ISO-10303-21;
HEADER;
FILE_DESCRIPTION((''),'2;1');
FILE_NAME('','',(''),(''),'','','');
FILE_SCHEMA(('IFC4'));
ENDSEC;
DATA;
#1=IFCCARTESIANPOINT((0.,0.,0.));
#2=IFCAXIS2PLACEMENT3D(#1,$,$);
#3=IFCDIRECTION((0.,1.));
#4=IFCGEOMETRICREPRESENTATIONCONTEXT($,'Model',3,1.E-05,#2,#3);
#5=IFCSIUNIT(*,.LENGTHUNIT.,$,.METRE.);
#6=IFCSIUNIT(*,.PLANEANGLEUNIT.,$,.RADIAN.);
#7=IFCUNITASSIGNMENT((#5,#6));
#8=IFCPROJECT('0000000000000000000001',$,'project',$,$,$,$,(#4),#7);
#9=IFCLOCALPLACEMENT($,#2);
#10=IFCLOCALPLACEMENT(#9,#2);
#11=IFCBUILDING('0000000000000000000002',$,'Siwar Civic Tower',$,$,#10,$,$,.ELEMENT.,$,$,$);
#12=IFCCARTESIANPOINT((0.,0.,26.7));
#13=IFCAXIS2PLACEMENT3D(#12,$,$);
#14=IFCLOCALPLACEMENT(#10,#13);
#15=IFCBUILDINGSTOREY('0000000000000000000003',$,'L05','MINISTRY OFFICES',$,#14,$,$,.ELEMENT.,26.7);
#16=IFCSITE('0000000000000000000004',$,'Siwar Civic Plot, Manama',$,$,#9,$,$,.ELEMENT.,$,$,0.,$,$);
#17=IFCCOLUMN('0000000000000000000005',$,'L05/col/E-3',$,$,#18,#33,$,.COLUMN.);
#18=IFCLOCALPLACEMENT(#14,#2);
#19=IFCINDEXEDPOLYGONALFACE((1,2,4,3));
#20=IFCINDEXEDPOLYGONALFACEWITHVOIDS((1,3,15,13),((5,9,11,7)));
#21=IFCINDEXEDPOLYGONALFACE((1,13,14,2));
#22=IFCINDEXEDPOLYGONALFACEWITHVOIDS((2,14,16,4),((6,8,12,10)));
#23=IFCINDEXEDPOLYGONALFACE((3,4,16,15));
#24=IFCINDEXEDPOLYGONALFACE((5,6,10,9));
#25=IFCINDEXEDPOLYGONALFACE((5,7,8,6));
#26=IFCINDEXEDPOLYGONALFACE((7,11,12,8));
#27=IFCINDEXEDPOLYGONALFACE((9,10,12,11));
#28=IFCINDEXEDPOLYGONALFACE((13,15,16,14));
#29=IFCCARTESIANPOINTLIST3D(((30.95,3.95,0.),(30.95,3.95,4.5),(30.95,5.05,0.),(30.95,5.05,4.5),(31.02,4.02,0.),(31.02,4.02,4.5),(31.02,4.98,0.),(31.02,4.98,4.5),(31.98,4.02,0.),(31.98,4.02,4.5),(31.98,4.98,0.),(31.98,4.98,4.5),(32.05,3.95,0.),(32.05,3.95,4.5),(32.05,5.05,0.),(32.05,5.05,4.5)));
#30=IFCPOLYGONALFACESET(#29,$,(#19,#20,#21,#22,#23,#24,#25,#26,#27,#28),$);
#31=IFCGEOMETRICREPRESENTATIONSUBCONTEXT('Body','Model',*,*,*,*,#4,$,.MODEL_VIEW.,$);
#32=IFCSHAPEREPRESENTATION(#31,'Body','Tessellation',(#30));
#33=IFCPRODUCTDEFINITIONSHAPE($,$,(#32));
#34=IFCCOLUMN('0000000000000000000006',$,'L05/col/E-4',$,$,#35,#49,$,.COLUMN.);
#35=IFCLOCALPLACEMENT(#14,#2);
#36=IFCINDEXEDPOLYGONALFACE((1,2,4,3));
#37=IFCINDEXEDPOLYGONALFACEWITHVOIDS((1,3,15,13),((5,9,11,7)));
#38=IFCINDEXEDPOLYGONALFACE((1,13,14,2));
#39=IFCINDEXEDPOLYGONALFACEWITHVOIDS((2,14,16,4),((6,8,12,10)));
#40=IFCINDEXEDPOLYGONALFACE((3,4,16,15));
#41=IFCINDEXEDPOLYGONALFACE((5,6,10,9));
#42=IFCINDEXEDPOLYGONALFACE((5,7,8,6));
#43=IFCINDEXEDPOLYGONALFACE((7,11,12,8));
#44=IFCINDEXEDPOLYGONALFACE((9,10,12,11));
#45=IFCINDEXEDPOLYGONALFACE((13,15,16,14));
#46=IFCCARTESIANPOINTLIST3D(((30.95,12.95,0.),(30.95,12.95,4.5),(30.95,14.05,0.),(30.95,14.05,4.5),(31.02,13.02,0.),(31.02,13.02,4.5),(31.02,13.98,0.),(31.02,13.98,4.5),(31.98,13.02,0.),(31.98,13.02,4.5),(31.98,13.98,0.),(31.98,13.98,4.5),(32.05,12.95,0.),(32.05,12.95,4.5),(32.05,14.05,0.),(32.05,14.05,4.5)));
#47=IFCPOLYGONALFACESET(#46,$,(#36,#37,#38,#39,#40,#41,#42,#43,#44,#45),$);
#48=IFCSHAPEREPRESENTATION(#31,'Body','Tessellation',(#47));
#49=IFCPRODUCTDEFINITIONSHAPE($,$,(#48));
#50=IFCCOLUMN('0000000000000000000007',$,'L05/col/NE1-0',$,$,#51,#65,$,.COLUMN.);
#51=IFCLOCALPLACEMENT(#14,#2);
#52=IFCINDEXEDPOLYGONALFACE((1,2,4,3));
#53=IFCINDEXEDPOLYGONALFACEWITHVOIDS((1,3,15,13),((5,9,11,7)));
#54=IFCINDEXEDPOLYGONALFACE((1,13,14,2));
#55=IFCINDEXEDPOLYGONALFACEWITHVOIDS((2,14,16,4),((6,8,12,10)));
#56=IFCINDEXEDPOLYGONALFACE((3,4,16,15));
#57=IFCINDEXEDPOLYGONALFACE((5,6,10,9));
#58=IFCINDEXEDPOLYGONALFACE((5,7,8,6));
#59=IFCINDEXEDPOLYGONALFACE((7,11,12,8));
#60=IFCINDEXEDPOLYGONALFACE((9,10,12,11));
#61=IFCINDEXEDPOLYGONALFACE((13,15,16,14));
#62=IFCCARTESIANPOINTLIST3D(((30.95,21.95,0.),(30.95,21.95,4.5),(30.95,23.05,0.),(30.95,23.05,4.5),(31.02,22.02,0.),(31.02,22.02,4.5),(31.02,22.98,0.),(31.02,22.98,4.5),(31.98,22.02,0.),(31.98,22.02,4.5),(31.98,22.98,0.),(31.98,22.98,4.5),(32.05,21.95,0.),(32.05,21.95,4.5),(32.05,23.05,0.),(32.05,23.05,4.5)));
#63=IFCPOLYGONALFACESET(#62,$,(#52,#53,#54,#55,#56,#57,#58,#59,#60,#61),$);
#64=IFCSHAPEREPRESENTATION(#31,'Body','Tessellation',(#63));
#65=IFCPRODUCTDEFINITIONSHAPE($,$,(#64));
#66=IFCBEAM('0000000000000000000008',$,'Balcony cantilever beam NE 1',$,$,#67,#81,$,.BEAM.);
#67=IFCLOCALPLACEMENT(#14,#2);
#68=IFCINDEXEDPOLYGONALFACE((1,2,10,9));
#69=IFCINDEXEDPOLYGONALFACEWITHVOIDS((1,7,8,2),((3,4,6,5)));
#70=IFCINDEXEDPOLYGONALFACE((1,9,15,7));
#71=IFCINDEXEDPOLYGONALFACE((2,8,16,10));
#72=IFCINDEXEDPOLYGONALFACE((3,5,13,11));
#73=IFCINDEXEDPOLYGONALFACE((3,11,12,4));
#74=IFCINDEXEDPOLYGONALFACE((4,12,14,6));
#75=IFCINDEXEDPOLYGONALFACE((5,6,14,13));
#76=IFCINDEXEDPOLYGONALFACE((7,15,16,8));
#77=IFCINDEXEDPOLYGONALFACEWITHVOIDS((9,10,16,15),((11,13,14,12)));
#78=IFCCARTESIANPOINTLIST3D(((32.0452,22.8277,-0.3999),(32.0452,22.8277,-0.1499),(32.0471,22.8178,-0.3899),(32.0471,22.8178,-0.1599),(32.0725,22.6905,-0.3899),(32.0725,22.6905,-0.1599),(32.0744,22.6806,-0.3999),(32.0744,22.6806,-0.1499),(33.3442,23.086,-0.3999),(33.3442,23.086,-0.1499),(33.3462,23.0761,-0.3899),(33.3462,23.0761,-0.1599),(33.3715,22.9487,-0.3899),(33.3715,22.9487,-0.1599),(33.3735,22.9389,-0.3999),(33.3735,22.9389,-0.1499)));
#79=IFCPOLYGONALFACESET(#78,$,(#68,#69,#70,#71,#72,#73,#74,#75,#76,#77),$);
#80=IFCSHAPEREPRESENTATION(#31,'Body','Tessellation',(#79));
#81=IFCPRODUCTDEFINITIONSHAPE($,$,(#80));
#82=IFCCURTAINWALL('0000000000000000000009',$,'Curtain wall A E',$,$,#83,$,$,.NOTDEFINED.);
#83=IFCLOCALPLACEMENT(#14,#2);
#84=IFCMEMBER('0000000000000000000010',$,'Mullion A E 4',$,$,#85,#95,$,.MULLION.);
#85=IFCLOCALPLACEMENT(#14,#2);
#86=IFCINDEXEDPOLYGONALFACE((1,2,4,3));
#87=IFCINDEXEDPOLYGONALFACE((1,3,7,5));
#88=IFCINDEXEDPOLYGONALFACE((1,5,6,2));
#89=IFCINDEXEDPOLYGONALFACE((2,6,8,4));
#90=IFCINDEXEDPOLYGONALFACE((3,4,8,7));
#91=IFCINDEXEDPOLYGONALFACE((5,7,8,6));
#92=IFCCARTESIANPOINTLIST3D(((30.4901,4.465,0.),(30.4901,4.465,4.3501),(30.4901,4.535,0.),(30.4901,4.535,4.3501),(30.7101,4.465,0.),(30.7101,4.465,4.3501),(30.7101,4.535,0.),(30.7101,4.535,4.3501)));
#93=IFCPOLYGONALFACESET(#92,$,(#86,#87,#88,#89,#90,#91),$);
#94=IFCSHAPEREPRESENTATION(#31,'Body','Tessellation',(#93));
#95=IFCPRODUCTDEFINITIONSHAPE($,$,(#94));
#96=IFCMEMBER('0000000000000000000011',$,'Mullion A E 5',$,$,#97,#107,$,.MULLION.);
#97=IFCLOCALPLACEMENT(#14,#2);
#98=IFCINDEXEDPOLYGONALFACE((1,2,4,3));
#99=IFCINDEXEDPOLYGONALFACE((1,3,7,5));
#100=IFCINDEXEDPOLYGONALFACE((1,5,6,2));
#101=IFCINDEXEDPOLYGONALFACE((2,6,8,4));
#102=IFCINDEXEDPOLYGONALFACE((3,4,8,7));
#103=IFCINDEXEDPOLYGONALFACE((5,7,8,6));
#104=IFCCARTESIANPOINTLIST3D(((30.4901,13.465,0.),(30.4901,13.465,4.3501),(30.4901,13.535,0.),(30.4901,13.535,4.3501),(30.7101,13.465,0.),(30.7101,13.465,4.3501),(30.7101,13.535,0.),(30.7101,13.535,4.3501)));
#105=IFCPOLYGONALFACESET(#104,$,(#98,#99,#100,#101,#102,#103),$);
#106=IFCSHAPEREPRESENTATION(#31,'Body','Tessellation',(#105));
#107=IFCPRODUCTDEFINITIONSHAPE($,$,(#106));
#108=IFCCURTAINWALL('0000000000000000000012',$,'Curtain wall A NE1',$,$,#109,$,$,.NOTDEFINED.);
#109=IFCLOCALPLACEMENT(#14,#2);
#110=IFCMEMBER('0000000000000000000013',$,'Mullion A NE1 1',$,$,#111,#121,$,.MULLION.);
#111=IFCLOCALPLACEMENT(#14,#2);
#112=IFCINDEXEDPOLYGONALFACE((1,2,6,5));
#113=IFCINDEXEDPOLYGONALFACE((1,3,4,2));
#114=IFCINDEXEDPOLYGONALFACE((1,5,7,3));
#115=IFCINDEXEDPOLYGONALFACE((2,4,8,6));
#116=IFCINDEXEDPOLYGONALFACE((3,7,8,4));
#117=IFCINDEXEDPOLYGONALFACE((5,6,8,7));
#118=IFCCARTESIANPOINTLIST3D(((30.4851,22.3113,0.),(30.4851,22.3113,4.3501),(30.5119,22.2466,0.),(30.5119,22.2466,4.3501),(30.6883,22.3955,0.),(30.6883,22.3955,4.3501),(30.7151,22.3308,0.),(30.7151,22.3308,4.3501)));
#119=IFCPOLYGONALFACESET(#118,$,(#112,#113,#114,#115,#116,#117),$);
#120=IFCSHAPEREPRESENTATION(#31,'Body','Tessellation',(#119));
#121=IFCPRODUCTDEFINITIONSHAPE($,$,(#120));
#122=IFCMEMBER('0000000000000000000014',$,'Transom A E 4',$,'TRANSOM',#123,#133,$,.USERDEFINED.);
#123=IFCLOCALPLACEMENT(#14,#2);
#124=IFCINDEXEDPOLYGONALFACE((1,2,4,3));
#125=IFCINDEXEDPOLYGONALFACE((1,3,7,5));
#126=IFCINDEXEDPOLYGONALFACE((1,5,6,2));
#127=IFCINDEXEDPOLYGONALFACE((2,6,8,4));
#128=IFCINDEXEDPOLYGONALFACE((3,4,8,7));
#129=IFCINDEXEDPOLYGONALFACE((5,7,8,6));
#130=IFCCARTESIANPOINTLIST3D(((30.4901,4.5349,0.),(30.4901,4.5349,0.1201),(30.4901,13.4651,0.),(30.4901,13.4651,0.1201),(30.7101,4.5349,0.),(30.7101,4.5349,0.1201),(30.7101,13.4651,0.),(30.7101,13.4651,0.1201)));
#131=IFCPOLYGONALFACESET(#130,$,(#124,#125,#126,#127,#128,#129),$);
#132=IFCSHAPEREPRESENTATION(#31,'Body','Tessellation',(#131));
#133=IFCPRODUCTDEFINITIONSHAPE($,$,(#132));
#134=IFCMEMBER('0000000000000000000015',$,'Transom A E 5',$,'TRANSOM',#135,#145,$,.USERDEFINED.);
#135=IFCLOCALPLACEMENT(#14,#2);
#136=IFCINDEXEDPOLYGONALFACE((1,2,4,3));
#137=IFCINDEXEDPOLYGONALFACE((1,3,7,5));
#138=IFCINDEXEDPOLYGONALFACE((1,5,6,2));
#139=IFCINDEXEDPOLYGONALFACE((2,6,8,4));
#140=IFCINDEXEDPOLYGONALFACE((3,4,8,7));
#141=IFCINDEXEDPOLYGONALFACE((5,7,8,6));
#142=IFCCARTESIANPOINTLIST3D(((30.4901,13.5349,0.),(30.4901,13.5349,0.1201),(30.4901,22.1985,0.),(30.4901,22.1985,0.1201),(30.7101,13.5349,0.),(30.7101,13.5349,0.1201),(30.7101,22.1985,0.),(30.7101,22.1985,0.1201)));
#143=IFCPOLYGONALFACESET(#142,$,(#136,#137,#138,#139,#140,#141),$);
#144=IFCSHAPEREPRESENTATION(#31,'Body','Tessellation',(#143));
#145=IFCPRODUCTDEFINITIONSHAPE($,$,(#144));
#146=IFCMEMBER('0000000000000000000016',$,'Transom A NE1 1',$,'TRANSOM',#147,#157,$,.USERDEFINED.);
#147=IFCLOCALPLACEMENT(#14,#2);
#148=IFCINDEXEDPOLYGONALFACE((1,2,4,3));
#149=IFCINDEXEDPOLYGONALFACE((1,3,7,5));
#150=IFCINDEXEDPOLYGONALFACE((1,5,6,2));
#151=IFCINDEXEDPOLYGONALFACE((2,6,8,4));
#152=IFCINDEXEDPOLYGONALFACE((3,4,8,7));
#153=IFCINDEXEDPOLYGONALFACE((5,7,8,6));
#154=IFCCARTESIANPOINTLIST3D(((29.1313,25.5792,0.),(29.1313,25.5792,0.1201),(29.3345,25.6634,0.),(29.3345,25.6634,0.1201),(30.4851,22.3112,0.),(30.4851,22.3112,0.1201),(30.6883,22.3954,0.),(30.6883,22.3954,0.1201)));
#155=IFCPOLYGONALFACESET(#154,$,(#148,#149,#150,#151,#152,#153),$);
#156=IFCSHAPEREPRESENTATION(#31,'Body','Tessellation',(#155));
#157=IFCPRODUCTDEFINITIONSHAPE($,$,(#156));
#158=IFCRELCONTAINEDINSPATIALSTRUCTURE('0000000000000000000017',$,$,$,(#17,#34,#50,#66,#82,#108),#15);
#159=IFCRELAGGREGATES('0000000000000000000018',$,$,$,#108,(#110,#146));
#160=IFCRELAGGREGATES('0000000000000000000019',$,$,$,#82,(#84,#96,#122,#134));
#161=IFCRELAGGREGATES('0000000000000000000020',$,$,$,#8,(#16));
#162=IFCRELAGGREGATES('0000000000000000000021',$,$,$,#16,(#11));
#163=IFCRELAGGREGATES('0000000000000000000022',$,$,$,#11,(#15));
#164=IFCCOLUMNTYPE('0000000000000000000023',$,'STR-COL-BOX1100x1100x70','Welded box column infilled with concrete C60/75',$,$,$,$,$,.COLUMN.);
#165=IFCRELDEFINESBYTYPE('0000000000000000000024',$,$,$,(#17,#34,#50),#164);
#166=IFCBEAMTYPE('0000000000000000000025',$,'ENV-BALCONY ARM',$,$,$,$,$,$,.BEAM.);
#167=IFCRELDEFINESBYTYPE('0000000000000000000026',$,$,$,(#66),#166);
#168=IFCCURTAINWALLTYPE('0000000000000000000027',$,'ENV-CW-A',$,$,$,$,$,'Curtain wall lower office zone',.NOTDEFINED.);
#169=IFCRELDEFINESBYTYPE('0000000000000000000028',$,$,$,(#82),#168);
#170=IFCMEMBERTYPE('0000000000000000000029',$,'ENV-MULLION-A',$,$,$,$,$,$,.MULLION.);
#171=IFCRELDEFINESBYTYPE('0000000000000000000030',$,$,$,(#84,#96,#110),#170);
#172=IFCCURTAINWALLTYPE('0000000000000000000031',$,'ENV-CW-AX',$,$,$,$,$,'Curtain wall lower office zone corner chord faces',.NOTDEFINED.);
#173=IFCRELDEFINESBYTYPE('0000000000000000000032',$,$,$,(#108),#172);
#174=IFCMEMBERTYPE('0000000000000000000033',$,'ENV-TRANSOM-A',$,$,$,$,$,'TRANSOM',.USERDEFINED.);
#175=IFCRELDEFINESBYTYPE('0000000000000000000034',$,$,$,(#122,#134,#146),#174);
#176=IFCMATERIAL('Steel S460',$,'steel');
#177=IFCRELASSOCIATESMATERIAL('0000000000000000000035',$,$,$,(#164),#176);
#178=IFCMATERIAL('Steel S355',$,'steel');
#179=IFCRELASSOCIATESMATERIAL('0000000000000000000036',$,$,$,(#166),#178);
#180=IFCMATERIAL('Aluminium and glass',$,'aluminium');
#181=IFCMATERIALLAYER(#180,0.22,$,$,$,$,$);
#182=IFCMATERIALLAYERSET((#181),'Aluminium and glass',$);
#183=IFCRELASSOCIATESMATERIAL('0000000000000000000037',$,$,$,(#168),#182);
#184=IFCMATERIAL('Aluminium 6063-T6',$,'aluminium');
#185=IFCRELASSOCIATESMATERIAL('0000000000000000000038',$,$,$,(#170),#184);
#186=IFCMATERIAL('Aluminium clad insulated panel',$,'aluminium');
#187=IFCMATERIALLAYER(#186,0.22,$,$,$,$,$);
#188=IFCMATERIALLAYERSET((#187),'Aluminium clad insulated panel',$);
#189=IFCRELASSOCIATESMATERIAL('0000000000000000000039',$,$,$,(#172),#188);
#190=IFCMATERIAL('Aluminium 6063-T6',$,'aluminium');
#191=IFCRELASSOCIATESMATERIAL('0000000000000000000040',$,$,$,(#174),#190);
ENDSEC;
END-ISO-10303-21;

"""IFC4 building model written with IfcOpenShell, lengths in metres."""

from ifc_helpers import new_model, si_unit, direction, frame, origin, origin_2d, place, context, subcontext, project, spatial, rectangle, hollow_rectangle, extrude, material, layer, layer_set, material_profile, profile_set, type_object, element, aggregate, save


model = new_model("IFC4")

# Units and contexts
model_context = context("Model", 3, precision=1e-05, world=origin(), true_north=direction((0.0, 1.0)))
body_context = subcontext(model_context, "Body", "Model", "MODEL_VIEW")
ifc_project = project(units=[si_unit("LENGTHUNIT", "METRE"), si_unit("PLANEANGLEUNIT", "RADIAN")], contexts=[model_context])

# Site, building, storey
site_placement = place(None, origin())
site = spatial("IfcSite", under=ifc_project, at=site_placement, Name="Siwar Civic Plot, Manama", CompositionType="ELEMENT", RefElevation=0.0)
building_placement = place(site_placement, origin())
building = spatial("IfcBuilding", under=site, at=building_placement, Name="Siwar Civic Tower", CompositionType="ELEMENT")
storey_placement = place(building_placement, frame((0.0, 0.0, 26.7)))
storey = spatial("IfcBuildingStorey", under=building, at=storey_placement, Name="L05", Description="MINISTRY OFFICES", CompositionType="ELEMENT", Elevation=26.7)

# Columns
ifc_material_1 = material(Name="Steel S460", Category="steel")
ifc_material_profile_1 = material_profile(ifc_material_1, hollow_rectangle(XDim=1.1001, YDim=1.1001, WallThickness=0.0701, at=origin_2d()), Name="BOX1100x1100x70")
ifc_profile_set_1 = profile_set([ifc_material_profile_1], Name="Steel S460")
column_type = type_object("IfcColumnType", Name="STR-COL-BOX1100x1100x70", Description="Welded box column infilled with concrete C60/75", PredefinedType="COLUMN", material=ifc_profile_set_1)
for number, where, z_axis, x_axis, name in (
    (1, (31.5, 4.5, 0.0), (0.0, 0.0, 1.0), (1.0, 0.0, 0.0), "L05/col/E-3"),
    (2, (31.5, 13.5, 0.0), (0.0, 0.0, 1.0), (1.0, 0.0, 0.0), "L05/col/E-4"),
    (3, (31.5, 22.5, 0.0), (0.0, 0.0, 1.0), (1.0, 0.0, 0.0), "L05/col/NE1-0"),
):
    element("IfcColumn", number, at=place(storey_placement, frame(where, z_axis=z_axis, x_axis=x_axis)), inside=storey, type_object=column_type, Name=name, PredefinedType="COLUMN", context=body_context, shape_type="SweptSolid", body=[
        extrude(hollow_rectangle(XDim=1.1001, YDim=1.1001, WallThickness=0.0701, at=origin_2d()), origin(), (0.0, 0.0, 1.0), 4.5),
    ])

# Beam
ifc_material_2 = material(Name="Steel S355", Category="steel")
ifc_material_profile_2 = material_profile(ifc_material_2, hollow_rectangle(XDim=0.1499, YDim=0.25, WallThickness=0.01, at=origin_2d()), Name="RHS250x150x10")
ifc_profile_set_2 = profile_set([ifc_material_profile_2], Name="Steel S355")
beam_type_1 = type_object("IfcBeamType", Name="ENV-BALCONY ARM", PredefinedType="BEAM", material=ifc_profile_set_2)
beam_1_placement = place(storey_placement, frame((32.0598, 22.7542, -0.2749), z_axis=(0.9808, 0.195017, 0.0), x_axis=(-0.195017, 0.9808, 0.0)))
element("IfcBeam", 4, at=beam_1_placement, inside=storey, type_object=beam_type_1, Name="Balcony cantilever beam NE 1", PredefinedType="BEAM", context=body_context, shape_type="SweptSolid", body=[
    extrude(hollow_rectangle(XDim=0.1499, YDim=0.25, WallThickness=0.01, at=origin_2d()), origin(), (0.0, 0.0, 1.0), 1.3245),
])

# Curtain wall, members
ifc_material_3 = material(Name="Aluminium and glass", Category="aluminium")
ifc_layer_1 = layer(ifc_material_3, 0.22)
ifc_layer_set_1 = layer_set([ifc_layer_1], Name="Aluminium and glass")
curtain_wall_type_1 = type_object("IfcCurtainWallType", Name="ENV-CW-A", ElementType="Curtain wall lower office zone", PredefinedType="NOTDEFINED", material=ifc_layer_set_1)
curtain_wall_1_placement = place(storey_placement, origin())
curtain_wall_1 = element("IfcCurtainWall", 5, at=curtain_wall_1_placement, inside=storey, type_object=curtain_wall_type_1, Name="Curtain wall A E", PredefinedType="NOTDEFINED")
ifc_material_4 = material(Name="Aluminium 6063-T6", Category="aluminium")
ifc_material_profile_3 = material_profile(ifc_material_4, rectangle(XDim=0.22, YDim=0.0701, at=origin_2d()), Name="AL 220x70")
ifc_profile_set_3 = profile_set([ifc_material_profile_3], Name="Aluminium 6063-T6")
member_type_1 = type_object("IfcMemberType", Name="ENV-MULLION-A", PredefinedType="MULLION", material=ifc_profile_set_3)
member_1_placement = place(storey_placement, frame((30.6001, 4.5, 0.0), z_axis=(0.0, 0.0, 1.0), x_axis=(-1.0, 0.0, 0.0)))
member_1 = element("IfcMember", 6, at=member_1_placement, type_object=member_type_1, Name="Mullion A E 4", PredefinedType="MULLION", context=body_context, shape_type="SweptSolid", body=[
    extrude(rectangle(XDim=0.22, YDim=0.0701, at=origin_2d()), origin(), (0.0, 0.0, 1.0), 4.3501),
])
member_2_placement = place(storey_placement, frame((30.6001, 13.5, 0.0), z_axis=(0.0, 0.0, 1.0), x_axis=(-1.0, 0.0, 0.0)))
member_2 = element("IfcMember", 7, at=member_2_placement, type_object=member_type_1, Name="Mullion A E 5", PredefinedType="MULLION", context=body_context, shape_type="SweptSolid", body=[
    extrude(rectangle(XDim=0.22, YDim=0.0701, at=origin_2d()), origin(), (0.0, 0.0, 1.0), 4.3501),
])

# Curtain wall, member
ifc_material_5 = material(Name="Aluminium clad insulated panel", Category="aluminium")
ifc_layer_2 = layer(ifc_material_5, 0.22)
ifc_layer_set_2 = layer_set([ifc_layer_2], Name="Aluminium clad insulated panel")
curtain_wall_type_2 = type_object("IfcCurtainWallType", Name="ENV-CW-AX", ElementType="Curtain wall lower office zone corner chord faces", PredefinedType="NOTDEFINED", material=ifc_layer_set_2)
curtain_wall_2_placement = place(storey_placement, origin())
curtain_wall_2 = element("IfcCurtainWall", 8, at=curtain_wall_2_placement, inside=storey, type_object=curtain_wall_type_2, Name="Curtain wall A NE1", PredefinedType="NOTDEFINED")
member_3_placement = place(storey_placement, frame((30.6001, 22.321, 0.0), z_axis=(0.0, 0.0, 1.0), x_axis=(-0.92388, -0.382683, 0.0)))
member_3 = element("IfcMember", 9, at=member_3_placement, type_object=member_type_1, Name="Mullion A NE1 1", PredefinedType="MULLION", context=body_context, shape_type="SweptSolid", body=[
    extrude(rectangle(XDim=0.22, YDim=0.0701, at=origin_2d()), origin(), (0.0, 0.0, 1.0), 4.3501),
])

# Members
ifc_material_6 = material(Name="Aluminium 6063-T6", Category="aluminium")
ifc_material_profile_4 = material_profile(ifc_material_6, rectangle(XDim=0.22, YDim=0.1201, at=origin_2d()), Name="AL 220x120")
ifc_profile_set_4 = profile_set([ifc_material_profile_4], Name="Aluminium 6063-T6")
member_type_2 = type_object("IfcMemberType", Name="ENV-TRANSOM-A", ElementType="TRANSOM", PredefinedType="USERDEFINED", material=ifc_profile_set_4)
member_4_placement = place(storey_placement, frame((30.6001, 4.5349, 0.0601), z_axis=(0.0, 1.0, 0.0), x_axis=(-1.0, 0.0, 0.0)))
member_4 = element("IfcMember", 10, at=member_4_placement, type_object=member_type_2, Name="Transom A E 4", ObjectType="TRANSOM", PredefinedType="USERDEFINED", context=body_context, shape_type="SweptSolid", body=[
    extrude(rectangle(XDim=0.22, YDim=0.1201, at=origin_2d()), origin(), (0.0, 0.0, 1.0), 8.9302),
])
member_5_placement = place(storey_placement, frame((30.6001, 13.5349, 0.0601), z_axis=(0.0, 1.0, 0.0), x_axis=(-1.0, 0.0, 0.0)))
member_5 = element("IfcMember", 11, at=member_5_placement, type_object=member_type_2, Name="Transom A E 5", ObjectType="TRANSOM", PredefinedType="USERDEFINED", context=body_context, shape_type="SweptSolid", body=[
    extrude(rectangle(XDim=0.22, YDim=0.1201, at=origin_2d()), origin(), (0.0, 0.0, 1.0), 8.6636),
])
member_6_placement = place(storey_placement, frame((30.5867, 22.3533, 0.0601), z_axis=(-0.382703, 0.923871, 0.0), x_axis=(-0.923871, -0.382703, 0.0)))
member_6 = element("IfcMember", 12, at=member_6_placement, type_object=member_type_2, Name="Transom A NE1 1", ObjectType="TRANSOM", PredefinedType="USERDEFINED", context=body_context, shape_type="SweptSolid", body=[
    extrude(rectangle(XDim=0.22, YDim=0.1201, at=origin_2d()), origin(), (0.0, 0.0, 1.0), 3.5374),
])
aggregate(curtain_wall_2, [member_3, member_6])

aggregate(curtain_wall_1, [member_1, member_2, member_4, member_5])

save(model, "model.ifc")
